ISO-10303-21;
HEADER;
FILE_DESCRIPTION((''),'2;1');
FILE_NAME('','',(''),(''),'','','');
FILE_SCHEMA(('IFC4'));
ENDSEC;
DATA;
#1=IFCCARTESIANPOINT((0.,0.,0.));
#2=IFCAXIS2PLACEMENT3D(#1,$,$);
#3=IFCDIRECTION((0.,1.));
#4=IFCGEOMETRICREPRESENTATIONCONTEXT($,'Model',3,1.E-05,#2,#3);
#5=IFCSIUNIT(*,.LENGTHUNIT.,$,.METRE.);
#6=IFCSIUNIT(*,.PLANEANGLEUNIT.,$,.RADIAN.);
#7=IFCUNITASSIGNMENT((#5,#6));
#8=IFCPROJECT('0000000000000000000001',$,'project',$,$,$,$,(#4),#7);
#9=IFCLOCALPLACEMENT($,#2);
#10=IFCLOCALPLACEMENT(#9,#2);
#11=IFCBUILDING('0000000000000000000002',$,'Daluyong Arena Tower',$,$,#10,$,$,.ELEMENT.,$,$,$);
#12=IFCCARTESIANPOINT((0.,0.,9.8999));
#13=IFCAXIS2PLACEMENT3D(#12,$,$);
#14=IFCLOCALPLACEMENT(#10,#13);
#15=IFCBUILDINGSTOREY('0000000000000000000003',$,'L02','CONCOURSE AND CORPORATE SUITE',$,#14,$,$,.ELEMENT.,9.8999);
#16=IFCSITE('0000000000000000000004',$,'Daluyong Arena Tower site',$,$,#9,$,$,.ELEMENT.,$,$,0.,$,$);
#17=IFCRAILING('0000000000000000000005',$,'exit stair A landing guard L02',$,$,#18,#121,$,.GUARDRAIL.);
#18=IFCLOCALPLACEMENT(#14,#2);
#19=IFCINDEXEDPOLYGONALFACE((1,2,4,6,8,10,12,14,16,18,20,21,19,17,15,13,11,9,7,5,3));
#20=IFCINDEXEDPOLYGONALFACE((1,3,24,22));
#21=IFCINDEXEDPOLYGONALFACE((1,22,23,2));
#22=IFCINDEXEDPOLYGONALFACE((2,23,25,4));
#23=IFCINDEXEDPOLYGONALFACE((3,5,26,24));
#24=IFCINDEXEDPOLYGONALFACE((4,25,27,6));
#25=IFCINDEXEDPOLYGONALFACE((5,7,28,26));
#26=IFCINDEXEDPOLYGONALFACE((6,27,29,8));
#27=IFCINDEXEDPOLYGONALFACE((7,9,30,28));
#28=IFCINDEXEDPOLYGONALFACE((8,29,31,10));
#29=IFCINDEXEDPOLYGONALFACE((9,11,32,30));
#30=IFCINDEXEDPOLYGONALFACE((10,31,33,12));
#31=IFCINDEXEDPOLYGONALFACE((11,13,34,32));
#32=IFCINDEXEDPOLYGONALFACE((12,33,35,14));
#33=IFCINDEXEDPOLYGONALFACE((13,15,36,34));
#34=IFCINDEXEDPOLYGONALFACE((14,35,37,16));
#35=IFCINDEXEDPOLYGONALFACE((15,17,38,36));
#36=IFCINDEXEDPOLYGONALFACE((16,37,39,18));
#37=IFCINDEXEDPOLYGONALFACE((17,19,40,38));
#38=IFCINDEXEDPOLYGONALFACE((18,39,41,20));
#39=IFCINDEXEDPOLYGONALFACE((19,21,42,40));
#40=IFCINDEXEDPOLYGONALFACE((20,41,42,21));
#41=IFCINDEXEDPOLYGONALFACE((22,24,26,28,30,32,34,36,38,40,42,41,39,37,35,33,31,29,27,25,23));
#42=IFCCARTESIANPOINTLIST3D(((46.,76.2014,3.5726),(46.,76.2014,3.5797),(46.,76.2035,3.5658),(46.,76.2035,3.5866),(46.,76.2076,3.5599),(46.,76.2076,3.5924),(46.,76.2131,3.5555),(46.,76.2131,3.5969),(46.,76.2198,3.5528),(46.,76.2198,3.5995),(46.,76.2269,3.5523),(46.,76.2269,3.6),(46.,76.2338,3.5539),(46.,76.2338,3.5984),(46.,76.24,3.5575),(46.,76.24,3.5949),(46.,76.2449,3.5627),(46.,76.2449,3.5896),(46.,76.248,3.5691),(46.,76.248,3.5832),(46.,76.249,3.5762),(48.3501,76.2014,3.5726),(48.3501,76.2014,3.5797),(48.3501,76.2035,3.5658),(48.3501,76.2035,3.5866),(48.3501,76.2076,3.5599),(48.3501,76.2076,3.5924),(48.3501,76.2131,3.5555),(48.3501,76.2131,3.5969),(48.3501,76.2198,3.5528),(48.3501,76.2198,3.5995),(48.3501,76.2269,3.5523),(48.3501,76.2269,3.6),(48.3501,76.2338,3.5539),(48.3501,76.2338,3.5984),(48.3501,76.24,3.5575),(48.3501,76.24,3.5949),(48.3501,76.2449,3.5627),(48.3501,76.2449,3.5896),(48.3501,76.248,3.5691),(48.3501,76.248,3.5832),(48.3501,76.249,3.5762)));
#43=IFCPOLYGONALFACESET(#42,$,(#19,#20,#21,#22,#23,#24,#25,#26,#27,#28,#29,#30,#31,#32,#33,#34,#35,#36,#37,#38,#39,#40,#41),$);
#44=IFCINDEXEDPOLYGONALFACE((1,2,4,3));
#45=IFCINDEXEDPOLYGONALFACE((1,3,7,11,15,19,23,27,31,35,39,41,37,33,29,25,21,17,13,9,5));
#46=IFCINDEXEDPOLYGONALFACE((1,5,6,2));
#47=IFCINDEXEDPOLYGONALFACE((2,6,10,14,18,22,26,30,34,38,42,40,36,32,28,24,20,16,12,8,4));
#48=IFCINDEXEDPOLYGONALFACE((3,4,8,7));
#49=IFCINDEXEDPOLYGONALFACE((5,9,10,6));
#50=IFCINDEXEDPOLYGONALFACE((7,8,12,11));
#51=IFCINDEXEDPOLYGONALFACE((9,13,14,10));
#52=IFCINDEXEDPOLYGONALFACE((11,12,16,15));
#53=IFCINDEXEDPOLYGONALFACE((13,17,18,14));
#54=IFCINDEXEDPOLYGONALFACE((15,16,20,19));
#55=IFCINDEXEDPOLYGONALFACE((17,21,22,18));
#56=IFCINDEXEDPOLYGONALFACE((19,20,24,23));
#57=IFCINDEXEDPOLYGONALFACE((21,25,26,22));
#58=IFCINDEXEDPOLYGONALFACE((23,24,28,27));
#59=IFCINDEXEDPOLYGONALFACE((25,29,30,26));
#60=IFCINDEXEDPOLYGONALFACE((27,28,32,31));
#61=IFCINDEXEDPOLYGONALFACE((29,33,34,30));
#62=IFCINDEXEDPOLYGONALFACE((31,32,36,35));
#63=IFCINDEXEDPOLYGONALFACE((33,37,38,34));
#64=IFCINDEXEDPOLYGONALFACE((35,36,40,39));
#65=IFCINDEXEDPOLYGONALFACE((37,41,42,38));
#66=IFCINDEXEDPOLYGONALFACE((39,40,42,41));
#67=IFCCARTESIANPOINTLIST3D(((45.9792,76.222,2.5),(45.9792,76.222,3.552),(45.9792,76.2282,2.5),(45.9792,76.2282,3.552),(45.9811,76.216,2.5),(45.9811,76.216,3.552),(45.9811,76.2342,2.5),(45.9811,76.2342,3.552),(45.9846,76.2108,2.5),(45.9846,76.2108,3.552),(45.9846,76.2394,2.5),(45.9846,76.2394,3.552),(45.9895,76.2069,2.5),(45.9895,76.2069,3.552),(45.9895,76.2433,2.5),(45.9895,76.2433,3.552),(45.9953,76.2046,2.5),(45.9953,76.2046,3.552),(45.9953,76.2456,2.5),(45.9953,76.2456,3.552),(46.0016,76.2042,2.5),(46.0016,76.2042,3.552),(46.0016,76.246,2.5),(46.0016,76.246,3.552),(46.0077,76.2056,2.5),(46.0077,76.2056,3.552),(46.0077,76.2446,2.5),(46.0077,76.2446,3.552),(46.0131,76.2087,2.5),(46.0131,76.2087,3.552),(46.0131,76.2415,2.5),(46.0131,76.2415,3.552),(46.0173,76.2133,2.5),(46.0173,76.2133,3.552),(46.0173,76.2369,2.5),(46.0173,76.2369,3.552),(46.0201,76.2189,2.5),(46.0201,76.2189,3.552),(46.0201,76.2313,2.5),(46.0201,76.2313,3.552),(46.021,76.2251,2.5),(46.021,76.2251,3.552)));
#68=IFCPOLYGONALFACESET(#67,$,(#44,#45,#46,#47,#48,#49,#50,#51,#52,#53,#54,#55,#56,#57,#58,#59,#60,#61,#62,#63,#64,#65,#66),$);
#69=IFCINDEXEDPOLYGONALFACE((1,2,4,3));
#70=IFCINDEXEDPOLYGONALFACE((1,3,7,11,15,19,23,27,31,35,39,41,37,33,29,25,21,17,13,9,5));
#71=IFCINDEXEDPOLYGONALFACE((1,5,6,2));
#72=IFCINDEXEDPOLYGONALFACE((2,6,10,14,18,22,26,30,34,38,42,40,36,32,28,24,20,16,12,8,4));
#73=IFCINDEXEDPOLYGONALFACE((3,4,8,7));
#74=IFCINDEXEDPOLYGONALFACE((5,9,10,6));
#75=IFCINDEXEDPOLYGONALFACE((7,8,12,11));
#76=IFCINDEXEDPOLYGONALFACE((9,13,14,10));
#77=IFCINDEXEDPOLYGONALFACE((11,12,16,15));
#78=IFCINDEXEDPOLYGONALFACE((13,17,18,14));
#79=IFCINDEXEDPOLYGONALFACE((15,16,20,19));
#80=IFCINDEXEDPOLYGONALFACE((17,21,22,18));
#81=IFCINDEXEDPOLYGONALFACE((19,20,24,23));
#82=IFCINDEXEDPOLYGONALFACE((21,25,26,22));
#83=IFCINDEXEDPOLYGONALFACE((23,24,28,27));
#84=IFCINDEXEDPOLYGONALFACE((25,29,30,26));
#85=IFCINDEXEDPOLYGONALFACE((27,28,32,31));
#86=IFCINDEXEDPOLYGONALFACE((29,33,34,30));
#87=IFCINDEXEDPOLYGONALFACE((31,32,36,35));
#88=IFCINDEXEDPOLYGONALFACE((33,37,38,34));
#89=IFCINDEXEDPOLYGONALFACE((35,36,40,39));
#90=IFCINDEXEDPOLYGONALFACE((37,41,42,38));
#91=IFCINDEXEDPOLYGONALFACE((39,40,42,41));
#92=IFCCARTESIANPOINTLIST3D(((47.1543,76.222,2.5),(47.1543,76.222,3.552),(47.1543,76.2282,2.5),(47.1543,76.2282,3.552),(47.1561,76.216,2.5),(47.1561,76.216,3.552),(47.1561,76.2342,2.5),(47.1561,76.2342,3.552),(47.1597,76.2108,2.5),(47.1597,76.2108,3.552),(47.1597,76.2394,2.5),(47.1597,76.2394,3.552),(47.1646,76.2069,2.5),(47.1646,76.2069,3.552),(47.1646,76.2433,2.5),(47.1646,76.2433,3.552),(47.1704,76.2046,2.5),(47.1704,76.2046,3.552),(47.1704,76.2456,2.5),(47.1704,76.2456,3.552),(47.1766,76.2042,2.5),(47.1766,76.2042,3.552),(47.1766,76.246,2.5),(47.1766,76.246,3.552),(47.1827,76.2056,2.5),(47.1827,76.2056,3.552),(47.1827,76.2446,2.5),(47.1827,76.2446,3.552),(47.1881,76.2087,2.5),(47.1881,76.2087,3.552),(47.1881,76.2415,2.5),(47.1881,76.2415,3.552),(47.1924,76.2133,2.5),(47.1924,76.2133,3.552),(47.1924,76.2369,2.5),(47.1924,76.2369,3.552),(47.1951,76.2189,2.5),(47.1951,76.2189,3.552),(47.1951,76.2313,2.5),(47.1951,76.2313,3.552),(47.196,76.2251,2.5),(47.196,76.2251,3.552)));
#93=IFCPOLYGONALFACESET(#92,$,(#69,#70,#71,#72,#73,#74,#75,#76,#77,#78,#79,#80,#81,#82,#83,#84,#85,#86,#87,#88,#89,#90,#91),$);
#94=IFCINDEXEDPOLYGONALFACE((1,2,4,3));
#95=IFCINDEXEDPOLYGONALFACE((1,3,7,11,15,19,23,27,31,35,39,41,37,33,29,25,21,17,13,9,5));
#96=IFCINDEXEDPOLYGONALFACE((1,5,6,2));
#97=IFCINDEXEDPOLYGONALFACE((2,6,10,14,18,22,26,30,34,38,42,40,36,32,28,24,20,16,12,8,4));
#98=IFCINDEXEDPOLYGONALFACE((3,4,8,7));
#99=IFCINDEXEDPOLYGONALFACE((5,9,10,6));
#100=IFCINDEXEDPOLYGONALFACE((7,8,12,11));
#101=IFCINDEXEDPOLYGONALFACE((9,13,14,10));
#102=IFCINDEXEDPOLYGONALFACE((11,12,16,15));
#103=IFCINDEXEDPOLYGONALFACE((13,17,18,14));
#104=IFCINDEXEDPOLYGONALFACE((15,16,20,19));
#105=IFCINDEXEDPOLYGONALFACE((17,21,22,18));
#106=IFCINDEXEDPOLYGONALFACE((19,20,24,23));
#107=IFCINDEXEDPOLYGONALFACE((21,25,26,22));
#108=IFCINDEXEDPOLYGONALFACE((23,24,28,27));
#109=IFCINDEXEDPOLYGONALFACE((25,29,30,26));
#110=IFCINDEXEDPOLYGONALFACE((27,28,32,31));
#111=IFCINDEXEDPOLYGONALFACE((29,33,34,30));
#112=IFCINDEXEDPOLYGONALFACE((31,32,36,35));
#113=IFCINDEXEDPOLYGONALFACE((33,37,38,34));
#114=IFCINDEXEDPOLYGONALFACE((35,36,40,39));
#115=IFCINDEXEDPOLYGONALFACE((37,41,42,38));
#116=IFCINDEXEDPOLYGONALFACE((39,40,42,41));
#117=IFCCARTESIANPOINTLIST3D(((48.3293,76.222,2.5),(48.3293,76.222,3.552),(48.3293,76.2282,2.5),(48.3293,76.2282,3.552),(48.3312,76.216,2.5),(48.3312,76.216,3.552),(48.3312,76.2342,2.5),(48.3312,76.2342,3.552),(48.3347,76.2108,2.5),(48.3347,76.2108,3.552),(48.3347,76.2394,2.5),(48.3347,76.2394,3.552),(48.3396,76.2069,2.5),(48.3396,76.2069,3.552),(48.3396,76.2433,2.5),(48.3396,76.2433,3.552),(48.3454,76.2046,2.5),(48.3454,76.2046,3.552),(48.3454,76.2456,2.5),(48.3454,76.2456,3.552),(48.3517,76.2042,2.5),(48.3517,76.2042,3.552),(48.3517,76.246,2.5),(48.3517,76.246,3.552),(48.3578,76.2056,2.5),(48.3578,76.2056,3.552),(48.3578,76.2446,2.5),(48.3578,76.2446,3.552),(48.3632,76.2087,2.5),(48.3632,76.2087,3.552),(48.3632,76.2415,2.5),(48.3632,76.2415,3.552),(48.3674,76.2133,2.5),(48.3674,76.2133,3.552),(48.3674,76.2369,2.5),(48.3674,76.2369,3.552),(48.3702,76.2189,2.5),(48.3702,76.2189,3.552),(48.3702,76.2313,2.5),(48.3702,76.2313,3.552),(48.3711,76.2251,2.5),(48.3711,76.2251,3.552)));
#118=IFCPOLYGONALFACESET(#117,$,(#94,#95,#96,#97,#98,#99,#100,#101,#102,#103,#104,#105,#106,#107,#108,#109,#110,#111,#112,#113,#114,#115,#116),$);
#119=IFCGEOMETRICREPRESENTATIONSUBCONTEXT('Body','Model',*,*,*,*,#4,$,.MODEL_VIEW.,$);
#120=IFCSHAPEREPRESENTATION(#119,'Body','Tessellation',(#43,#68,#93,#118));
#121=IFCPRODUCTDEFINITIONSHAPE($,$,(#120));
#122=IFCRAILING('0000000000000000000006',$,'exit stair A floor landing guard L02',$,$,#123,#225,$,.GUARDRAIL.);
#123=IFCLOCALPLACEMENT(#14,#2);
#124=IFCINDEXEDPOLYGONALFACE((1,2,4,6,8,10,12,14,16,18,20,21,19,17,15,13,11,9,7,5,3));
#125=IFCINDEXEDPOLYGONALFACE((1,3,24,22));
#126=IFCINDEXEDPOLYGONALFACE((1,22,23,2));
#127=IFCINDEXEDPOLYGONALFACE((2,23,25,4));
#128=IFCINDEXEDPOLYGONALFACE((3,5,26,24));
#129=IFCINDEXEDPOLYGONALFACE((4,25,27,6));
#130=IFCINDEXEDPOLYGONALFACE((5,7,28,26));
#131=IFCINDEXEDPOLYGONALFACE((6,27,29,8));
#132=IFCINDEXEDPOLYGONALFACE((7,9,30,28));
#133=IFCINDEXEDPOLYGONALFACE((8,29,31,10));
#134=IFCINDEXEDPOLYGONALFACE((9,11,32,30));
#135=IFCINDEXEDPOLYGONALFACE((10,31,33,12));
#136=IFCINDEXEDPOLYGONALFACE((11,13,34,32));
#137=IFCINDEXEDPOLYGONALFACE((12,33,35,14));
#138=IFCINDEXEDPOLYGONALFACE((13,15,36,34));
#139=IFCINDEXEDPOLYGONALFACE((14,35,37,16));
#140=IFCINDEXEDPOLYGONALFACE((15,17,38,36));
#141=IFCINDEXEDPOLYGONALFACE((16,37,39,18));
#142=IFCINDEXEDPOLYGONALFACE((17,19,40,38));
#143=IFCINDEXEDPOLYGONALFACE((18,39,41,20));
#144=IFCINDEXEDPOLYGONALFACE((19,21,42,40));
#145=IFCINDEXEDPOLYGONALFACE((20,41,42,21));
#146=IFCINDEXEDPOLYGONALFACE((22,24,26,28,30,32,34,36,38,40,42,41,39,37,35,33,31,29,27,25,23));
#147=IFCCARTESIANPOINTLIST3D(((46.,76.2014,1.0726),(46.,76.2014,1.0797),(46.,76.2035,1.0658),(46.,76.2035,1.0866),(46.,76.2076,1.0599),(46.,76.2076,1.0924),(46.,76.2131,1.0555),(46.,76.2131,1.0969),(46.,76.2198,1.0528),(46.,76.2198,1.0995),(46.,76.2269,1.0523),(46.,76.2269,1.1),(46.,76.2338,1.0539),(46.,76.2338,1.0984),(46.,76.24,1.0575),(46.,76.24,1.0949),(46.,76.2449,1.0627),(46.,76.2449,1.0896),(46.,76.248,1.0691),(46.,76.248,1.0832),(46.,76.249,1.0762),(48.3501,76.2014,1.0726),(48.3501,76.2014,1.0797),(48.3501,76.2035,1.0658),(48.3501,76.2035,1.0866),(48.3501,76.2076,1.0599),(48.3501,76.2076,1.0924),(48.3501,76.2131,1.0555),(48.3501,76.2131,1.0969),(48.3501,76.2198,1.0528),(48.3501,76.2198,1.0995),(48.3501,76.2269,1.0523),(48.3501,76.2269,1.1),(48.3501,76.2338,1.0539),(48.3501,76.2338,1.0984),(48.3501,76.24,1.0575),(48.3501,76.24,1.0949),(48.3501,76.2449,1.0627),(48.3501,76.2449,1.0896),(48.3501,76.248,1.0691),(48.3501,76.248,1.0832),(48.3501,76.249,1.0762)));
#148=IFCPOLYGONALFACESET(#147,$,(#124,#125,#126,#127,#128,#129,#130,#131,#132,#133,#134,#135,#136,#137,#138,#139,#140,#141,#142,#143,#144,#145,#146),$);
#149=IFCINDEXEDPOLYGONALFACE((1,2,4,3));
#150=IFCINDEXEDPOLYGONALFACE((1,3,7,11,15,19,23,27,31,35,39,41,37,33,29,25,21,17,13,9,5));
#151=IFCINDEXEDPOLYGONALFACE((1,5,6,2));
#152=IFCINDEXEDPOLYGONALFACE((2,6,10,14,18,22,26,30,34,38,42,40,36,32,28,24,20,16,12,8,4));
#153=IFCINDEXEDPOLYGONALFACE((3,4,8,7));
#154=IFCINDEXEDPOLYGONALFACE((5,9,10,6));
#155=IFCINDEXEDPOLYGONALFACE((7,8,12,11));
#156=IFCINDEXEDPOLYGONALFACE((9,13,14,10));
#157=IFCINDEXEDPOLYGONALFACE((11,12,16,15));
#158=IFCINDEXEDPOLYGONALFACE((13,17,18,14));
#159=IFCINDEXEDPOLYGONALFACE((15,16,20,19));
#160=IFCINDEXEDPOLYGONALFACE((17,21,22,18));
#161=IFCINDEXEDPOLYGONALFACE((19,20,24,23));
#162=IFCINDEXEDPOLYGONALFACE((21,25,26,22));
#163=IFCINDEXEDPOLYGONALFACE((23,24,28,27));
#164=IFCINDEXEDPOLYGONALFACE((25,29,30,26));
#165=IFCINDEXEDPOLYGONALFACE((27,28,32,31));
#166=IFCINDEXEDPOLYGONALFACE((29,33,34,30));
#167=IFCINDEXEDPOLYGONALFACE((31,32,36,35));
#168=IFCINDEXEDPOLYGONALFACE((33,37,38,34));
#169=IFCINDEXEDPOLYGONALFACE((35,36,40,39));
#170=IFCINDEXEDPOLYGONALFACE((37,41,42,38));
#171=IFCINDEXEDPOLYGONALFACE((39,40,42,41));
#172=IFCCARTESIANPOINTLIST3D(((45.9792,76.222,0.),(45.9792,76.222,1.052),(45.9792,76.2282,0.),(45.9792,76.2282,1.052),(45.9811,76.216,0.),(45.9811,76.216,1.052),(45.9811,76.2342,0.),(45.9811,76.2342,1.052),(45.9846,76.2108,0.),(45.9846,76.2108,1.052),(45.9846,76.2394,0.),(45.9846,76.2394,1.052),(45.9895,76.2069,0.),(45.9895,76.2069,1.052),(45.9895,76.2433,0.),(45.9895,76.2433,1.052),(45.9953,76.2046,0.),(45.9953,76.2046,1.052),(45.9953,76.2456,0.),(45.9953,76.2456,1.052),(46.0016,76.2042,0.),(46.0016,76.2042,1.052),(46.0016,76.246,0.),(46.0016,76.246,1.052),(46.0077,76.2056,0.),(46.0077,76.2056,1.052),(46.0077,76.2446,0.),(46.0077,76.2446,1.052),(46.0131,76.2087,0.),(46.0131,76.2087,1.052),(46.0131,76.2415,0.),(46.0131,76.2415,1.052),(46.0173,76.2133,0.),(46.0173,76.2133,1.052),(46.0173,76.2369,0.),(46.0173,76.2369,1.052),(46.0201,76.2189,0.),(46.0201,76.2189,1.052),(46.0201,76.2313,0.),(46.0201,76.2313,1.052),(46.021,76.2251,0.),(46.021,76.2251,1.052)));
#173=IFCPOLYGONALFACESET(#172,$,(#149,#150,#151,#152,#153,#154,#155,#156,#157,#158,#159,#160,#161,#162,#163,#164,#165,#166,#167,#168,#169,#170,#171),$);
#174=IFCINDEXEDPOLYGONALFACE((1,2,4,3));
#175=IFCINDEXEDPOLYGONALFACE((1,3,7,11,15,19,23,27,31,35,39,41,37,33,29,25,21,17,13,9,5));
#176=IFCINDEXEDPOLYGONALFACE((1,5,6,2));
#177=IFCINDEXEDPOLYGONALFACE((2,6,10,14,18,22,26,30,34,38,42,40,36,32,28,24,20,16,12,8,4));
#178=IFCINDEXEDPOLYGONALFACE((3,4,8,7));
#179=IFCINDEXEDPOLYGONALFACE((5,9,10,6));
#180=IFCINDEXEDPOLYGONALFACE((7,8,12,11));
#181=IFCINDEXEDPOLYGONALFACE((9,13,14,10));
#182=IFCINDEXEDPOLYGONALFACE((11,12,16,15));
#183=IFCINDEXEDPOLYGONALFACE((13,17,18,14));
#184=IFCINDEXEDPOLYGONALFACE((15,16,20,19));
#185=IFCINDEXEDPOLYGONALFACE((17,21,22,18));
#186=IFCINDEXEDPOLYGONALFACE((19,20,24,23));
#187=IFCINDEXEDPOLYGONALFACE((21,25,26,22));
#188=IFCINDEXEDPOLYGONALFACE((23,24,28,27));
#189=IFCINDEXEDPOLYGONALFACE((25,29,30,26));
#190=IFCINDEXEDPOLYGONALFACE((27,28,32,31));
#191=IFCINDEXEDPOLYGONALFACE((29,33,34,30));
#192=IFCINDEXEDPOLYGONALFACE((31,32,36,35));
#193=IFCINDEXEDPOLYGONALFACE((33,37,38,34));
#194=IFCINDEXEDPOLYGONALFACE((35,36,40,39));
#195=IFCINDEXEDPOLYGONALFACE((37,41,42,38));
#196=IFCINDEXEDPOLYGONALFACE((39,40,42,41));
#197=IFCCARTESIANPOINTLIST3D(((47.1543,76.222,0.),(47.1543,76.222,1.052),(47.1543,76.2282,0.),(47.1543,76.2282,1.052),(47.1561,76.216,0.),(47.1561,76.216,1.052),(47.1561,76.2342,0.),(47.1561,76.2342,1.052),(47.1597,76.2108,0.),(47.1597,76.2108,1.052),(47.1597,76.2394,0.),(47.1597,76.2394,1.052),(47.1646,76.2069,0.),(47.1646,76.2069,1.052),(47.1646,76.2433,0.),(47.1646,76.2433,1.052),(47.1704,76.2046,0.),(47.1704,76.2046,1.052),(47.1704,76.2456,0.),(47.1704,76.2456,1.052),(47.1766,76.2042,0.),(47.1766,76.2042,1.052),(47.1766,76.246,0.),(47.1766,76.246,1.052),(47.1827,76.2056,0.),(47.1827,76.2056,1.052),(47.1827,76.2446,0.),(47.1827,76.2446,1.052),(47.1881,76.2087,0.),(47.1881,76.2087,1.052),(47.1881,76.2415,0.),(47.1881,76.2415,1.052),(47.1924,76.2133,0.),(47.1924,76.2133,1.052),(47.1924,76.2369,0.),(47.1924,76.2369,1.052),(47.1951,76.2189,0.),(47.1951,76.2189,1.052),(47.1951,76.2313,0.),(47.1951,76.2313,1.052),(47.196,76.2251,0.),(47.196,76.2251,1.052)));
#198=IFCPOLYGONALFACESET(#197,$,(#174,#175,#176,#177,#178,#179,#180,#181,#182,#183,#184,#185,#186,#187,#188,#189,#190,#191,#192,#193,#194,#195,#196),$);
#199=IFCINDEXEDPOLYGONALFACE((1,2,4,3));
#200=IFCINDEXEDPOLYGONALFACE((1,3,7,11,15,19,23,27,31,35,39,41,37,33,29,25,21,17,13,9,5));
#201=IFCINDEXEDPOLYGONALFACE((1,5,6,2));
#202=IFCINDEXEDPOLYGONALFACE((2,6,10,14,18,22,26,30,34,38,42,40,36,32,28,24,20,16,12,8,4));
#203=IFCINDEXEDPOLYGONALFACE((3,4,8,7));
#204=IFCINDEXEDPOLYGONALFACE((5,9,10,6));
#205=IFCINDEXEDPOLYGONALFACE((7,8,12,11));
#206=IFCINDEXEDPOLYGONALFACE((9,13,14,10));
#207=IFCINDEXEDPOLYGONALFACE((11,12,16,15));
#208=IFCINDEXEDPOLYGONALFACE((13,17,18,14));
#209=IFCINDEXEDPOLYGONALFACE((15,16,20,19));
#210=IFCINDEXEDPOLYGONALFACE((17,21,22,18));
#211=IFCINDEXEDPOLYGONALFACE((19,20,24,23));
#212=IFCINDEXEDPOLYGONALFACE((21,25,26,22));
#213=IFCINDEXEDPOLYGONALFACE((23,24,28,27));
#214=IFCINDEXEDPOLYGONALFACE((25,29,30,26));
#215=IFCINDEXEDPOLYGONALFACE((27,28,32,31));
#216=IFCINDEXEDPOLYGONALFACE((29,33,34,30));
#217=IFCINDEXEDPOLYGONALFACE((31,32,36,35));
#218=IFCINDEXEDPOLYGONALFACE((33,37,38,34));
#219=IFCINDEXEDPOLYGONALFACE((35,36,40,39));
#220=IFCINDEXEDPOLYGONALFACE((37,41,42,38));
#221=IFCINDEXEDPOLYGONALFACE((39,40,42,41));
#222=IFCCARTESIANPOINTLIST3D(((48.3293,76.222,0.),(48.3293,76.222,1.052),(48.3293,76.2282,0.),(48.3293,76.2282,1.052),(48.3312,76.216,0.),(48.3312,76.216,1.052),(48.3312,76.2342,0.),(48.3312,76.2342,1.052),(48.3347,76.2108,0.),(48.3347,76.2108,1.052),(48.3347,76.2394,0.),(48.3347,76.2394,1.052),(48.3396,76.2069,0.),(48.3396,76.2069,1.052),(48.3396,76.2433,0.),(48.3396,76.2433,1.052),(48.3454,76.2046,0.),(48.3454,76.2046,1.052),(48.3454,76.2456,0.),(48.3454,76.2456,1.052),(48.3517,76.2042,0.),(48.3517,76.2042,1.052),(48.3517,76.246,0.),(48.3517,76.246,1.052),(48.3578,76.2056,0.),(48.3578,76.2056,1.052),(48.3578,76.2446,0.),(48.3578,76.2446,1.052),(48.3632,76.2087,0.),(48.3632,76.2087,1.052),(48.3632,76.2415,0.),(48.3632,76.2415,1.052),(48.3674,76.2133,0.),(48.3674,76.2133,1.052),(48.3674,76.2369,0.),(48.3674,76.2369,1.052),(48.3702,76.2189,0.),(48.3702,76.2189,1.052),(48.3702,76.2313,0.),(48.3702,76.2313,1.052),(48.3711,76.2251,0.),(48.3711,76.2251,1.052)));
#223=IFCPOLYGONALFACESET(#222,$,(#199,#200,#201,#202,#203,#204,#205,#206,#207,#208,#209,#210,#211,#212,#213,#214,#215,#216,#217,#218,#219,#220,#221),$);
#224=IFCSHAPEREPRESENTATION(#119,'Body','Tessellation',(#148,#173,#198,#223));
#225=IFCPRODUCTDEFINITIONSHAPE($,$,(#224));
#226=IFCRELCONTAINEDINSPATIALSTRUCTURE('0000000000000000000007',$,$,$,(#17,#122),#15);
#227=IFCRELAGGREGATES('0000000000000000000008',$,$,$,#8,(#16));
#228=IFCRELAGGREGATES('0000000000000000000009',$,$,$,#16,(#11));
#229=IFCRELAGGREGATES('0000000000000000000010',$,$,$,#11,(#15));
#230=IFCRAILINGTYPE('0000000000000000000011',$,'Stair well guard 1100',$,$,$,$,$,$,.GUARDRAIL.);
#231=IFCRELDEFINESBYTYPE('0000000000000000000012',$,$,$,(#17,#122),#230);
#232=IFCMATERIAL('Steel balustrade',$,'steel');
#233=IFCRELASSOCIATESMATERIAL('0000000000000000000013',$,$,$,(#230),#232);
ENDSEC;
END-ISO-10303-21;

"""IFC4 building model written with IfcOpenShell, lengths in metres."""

from ifc_helpers import new_model, si_unit, direction, frame, origin, origin_2d, place, context, subcontext, project, spatial, circle, extrude, material, type_object, element, save


model = new_model("IFC4")

# Units and contexts
model_context = context("Model", 3, precision=1e-05, world=origin(), true_north=direction((0.0, 1.0)))
body_context = subcontext(model_context, "Body", "Model", "MODEL_VIEW")
ifc_project = project(units=[si_unit("LENGTHUNIT", "METRE"), si_unit("PLANEANGLEUNIT", "RADIAN")], contexts=[model_context])

# Site, building, storey
site_placement = place(None, origin())
site = spatial("IfcSite", under=ifc_project, at=site_placement, Name="Daluyong Arena Tower site", CompositionType="ELEMENT", RefElevation=0.0)
building_placement = place(site_placement, origin())
building = spatial("IfcBuilding", under=site, at=building_placement, Name="Daluyong Arena Tower", CompositionType="ELEMENT")
storey_placement = place(building_placement, frame((0.0, 0.0, 9.8999)))
storey = spatial("IfcBuildingStorey", under=building, at=storey_placement, Name="L02", Description="CONCOURSE AND CORPORATE SUITE", CompositionType="ELEMENT", Elevation=9.8999)

# Railings
ifc_material_1 = material(Name="Steel balustrade", Category="steel")
railing_type = type_object("IfcRailingType", Name="Stair well guard 1100", PredefinedType="GUARDRAIL", material=ifc_material_1)
for number, where, name in (
    (1, (46.0, 76.2251, 2.5), "exit stair A landing guard L02"),
    (2, (46.0, 76.2251, 0.0), "exit stair A floor landing guard L02"),
):
    element("IfcRailing", number, at=place(storey_placement, frame(where)), inside=storey, type_object=railing_type, Name=name, PredefinedType="GUARDRAIL", context=body_context, shape_type="SweptSolid", body=[
        extrude(circle(Radius=0.0239, at=origin_2d()), frame((0.0, 0.0, 1.0762), z_axis=(1.0, 0.0, 0.0), x_axis=(0.0, 1.0, 0.0)), (0.0, 0.0, 1.0), 2.3501),
        extrude(circle(Radius=0.021, at=origin_2d()), origin(), (0.0, 0.0, 1.0), 1.052),
        extrude(circle(Radius=0.021, at=origin_2d()), frame((1.175, 0.0, 0.0)), (0.0, 0.0, 1.0), 1.052),
        extrude(circle(Radius=0.021, at=origin_2d()), frame((2.3501, 0.0, 0.0)), (0.0, 0.0, 1.0), 1.052),
    ])

save(model, "model.ifc")
